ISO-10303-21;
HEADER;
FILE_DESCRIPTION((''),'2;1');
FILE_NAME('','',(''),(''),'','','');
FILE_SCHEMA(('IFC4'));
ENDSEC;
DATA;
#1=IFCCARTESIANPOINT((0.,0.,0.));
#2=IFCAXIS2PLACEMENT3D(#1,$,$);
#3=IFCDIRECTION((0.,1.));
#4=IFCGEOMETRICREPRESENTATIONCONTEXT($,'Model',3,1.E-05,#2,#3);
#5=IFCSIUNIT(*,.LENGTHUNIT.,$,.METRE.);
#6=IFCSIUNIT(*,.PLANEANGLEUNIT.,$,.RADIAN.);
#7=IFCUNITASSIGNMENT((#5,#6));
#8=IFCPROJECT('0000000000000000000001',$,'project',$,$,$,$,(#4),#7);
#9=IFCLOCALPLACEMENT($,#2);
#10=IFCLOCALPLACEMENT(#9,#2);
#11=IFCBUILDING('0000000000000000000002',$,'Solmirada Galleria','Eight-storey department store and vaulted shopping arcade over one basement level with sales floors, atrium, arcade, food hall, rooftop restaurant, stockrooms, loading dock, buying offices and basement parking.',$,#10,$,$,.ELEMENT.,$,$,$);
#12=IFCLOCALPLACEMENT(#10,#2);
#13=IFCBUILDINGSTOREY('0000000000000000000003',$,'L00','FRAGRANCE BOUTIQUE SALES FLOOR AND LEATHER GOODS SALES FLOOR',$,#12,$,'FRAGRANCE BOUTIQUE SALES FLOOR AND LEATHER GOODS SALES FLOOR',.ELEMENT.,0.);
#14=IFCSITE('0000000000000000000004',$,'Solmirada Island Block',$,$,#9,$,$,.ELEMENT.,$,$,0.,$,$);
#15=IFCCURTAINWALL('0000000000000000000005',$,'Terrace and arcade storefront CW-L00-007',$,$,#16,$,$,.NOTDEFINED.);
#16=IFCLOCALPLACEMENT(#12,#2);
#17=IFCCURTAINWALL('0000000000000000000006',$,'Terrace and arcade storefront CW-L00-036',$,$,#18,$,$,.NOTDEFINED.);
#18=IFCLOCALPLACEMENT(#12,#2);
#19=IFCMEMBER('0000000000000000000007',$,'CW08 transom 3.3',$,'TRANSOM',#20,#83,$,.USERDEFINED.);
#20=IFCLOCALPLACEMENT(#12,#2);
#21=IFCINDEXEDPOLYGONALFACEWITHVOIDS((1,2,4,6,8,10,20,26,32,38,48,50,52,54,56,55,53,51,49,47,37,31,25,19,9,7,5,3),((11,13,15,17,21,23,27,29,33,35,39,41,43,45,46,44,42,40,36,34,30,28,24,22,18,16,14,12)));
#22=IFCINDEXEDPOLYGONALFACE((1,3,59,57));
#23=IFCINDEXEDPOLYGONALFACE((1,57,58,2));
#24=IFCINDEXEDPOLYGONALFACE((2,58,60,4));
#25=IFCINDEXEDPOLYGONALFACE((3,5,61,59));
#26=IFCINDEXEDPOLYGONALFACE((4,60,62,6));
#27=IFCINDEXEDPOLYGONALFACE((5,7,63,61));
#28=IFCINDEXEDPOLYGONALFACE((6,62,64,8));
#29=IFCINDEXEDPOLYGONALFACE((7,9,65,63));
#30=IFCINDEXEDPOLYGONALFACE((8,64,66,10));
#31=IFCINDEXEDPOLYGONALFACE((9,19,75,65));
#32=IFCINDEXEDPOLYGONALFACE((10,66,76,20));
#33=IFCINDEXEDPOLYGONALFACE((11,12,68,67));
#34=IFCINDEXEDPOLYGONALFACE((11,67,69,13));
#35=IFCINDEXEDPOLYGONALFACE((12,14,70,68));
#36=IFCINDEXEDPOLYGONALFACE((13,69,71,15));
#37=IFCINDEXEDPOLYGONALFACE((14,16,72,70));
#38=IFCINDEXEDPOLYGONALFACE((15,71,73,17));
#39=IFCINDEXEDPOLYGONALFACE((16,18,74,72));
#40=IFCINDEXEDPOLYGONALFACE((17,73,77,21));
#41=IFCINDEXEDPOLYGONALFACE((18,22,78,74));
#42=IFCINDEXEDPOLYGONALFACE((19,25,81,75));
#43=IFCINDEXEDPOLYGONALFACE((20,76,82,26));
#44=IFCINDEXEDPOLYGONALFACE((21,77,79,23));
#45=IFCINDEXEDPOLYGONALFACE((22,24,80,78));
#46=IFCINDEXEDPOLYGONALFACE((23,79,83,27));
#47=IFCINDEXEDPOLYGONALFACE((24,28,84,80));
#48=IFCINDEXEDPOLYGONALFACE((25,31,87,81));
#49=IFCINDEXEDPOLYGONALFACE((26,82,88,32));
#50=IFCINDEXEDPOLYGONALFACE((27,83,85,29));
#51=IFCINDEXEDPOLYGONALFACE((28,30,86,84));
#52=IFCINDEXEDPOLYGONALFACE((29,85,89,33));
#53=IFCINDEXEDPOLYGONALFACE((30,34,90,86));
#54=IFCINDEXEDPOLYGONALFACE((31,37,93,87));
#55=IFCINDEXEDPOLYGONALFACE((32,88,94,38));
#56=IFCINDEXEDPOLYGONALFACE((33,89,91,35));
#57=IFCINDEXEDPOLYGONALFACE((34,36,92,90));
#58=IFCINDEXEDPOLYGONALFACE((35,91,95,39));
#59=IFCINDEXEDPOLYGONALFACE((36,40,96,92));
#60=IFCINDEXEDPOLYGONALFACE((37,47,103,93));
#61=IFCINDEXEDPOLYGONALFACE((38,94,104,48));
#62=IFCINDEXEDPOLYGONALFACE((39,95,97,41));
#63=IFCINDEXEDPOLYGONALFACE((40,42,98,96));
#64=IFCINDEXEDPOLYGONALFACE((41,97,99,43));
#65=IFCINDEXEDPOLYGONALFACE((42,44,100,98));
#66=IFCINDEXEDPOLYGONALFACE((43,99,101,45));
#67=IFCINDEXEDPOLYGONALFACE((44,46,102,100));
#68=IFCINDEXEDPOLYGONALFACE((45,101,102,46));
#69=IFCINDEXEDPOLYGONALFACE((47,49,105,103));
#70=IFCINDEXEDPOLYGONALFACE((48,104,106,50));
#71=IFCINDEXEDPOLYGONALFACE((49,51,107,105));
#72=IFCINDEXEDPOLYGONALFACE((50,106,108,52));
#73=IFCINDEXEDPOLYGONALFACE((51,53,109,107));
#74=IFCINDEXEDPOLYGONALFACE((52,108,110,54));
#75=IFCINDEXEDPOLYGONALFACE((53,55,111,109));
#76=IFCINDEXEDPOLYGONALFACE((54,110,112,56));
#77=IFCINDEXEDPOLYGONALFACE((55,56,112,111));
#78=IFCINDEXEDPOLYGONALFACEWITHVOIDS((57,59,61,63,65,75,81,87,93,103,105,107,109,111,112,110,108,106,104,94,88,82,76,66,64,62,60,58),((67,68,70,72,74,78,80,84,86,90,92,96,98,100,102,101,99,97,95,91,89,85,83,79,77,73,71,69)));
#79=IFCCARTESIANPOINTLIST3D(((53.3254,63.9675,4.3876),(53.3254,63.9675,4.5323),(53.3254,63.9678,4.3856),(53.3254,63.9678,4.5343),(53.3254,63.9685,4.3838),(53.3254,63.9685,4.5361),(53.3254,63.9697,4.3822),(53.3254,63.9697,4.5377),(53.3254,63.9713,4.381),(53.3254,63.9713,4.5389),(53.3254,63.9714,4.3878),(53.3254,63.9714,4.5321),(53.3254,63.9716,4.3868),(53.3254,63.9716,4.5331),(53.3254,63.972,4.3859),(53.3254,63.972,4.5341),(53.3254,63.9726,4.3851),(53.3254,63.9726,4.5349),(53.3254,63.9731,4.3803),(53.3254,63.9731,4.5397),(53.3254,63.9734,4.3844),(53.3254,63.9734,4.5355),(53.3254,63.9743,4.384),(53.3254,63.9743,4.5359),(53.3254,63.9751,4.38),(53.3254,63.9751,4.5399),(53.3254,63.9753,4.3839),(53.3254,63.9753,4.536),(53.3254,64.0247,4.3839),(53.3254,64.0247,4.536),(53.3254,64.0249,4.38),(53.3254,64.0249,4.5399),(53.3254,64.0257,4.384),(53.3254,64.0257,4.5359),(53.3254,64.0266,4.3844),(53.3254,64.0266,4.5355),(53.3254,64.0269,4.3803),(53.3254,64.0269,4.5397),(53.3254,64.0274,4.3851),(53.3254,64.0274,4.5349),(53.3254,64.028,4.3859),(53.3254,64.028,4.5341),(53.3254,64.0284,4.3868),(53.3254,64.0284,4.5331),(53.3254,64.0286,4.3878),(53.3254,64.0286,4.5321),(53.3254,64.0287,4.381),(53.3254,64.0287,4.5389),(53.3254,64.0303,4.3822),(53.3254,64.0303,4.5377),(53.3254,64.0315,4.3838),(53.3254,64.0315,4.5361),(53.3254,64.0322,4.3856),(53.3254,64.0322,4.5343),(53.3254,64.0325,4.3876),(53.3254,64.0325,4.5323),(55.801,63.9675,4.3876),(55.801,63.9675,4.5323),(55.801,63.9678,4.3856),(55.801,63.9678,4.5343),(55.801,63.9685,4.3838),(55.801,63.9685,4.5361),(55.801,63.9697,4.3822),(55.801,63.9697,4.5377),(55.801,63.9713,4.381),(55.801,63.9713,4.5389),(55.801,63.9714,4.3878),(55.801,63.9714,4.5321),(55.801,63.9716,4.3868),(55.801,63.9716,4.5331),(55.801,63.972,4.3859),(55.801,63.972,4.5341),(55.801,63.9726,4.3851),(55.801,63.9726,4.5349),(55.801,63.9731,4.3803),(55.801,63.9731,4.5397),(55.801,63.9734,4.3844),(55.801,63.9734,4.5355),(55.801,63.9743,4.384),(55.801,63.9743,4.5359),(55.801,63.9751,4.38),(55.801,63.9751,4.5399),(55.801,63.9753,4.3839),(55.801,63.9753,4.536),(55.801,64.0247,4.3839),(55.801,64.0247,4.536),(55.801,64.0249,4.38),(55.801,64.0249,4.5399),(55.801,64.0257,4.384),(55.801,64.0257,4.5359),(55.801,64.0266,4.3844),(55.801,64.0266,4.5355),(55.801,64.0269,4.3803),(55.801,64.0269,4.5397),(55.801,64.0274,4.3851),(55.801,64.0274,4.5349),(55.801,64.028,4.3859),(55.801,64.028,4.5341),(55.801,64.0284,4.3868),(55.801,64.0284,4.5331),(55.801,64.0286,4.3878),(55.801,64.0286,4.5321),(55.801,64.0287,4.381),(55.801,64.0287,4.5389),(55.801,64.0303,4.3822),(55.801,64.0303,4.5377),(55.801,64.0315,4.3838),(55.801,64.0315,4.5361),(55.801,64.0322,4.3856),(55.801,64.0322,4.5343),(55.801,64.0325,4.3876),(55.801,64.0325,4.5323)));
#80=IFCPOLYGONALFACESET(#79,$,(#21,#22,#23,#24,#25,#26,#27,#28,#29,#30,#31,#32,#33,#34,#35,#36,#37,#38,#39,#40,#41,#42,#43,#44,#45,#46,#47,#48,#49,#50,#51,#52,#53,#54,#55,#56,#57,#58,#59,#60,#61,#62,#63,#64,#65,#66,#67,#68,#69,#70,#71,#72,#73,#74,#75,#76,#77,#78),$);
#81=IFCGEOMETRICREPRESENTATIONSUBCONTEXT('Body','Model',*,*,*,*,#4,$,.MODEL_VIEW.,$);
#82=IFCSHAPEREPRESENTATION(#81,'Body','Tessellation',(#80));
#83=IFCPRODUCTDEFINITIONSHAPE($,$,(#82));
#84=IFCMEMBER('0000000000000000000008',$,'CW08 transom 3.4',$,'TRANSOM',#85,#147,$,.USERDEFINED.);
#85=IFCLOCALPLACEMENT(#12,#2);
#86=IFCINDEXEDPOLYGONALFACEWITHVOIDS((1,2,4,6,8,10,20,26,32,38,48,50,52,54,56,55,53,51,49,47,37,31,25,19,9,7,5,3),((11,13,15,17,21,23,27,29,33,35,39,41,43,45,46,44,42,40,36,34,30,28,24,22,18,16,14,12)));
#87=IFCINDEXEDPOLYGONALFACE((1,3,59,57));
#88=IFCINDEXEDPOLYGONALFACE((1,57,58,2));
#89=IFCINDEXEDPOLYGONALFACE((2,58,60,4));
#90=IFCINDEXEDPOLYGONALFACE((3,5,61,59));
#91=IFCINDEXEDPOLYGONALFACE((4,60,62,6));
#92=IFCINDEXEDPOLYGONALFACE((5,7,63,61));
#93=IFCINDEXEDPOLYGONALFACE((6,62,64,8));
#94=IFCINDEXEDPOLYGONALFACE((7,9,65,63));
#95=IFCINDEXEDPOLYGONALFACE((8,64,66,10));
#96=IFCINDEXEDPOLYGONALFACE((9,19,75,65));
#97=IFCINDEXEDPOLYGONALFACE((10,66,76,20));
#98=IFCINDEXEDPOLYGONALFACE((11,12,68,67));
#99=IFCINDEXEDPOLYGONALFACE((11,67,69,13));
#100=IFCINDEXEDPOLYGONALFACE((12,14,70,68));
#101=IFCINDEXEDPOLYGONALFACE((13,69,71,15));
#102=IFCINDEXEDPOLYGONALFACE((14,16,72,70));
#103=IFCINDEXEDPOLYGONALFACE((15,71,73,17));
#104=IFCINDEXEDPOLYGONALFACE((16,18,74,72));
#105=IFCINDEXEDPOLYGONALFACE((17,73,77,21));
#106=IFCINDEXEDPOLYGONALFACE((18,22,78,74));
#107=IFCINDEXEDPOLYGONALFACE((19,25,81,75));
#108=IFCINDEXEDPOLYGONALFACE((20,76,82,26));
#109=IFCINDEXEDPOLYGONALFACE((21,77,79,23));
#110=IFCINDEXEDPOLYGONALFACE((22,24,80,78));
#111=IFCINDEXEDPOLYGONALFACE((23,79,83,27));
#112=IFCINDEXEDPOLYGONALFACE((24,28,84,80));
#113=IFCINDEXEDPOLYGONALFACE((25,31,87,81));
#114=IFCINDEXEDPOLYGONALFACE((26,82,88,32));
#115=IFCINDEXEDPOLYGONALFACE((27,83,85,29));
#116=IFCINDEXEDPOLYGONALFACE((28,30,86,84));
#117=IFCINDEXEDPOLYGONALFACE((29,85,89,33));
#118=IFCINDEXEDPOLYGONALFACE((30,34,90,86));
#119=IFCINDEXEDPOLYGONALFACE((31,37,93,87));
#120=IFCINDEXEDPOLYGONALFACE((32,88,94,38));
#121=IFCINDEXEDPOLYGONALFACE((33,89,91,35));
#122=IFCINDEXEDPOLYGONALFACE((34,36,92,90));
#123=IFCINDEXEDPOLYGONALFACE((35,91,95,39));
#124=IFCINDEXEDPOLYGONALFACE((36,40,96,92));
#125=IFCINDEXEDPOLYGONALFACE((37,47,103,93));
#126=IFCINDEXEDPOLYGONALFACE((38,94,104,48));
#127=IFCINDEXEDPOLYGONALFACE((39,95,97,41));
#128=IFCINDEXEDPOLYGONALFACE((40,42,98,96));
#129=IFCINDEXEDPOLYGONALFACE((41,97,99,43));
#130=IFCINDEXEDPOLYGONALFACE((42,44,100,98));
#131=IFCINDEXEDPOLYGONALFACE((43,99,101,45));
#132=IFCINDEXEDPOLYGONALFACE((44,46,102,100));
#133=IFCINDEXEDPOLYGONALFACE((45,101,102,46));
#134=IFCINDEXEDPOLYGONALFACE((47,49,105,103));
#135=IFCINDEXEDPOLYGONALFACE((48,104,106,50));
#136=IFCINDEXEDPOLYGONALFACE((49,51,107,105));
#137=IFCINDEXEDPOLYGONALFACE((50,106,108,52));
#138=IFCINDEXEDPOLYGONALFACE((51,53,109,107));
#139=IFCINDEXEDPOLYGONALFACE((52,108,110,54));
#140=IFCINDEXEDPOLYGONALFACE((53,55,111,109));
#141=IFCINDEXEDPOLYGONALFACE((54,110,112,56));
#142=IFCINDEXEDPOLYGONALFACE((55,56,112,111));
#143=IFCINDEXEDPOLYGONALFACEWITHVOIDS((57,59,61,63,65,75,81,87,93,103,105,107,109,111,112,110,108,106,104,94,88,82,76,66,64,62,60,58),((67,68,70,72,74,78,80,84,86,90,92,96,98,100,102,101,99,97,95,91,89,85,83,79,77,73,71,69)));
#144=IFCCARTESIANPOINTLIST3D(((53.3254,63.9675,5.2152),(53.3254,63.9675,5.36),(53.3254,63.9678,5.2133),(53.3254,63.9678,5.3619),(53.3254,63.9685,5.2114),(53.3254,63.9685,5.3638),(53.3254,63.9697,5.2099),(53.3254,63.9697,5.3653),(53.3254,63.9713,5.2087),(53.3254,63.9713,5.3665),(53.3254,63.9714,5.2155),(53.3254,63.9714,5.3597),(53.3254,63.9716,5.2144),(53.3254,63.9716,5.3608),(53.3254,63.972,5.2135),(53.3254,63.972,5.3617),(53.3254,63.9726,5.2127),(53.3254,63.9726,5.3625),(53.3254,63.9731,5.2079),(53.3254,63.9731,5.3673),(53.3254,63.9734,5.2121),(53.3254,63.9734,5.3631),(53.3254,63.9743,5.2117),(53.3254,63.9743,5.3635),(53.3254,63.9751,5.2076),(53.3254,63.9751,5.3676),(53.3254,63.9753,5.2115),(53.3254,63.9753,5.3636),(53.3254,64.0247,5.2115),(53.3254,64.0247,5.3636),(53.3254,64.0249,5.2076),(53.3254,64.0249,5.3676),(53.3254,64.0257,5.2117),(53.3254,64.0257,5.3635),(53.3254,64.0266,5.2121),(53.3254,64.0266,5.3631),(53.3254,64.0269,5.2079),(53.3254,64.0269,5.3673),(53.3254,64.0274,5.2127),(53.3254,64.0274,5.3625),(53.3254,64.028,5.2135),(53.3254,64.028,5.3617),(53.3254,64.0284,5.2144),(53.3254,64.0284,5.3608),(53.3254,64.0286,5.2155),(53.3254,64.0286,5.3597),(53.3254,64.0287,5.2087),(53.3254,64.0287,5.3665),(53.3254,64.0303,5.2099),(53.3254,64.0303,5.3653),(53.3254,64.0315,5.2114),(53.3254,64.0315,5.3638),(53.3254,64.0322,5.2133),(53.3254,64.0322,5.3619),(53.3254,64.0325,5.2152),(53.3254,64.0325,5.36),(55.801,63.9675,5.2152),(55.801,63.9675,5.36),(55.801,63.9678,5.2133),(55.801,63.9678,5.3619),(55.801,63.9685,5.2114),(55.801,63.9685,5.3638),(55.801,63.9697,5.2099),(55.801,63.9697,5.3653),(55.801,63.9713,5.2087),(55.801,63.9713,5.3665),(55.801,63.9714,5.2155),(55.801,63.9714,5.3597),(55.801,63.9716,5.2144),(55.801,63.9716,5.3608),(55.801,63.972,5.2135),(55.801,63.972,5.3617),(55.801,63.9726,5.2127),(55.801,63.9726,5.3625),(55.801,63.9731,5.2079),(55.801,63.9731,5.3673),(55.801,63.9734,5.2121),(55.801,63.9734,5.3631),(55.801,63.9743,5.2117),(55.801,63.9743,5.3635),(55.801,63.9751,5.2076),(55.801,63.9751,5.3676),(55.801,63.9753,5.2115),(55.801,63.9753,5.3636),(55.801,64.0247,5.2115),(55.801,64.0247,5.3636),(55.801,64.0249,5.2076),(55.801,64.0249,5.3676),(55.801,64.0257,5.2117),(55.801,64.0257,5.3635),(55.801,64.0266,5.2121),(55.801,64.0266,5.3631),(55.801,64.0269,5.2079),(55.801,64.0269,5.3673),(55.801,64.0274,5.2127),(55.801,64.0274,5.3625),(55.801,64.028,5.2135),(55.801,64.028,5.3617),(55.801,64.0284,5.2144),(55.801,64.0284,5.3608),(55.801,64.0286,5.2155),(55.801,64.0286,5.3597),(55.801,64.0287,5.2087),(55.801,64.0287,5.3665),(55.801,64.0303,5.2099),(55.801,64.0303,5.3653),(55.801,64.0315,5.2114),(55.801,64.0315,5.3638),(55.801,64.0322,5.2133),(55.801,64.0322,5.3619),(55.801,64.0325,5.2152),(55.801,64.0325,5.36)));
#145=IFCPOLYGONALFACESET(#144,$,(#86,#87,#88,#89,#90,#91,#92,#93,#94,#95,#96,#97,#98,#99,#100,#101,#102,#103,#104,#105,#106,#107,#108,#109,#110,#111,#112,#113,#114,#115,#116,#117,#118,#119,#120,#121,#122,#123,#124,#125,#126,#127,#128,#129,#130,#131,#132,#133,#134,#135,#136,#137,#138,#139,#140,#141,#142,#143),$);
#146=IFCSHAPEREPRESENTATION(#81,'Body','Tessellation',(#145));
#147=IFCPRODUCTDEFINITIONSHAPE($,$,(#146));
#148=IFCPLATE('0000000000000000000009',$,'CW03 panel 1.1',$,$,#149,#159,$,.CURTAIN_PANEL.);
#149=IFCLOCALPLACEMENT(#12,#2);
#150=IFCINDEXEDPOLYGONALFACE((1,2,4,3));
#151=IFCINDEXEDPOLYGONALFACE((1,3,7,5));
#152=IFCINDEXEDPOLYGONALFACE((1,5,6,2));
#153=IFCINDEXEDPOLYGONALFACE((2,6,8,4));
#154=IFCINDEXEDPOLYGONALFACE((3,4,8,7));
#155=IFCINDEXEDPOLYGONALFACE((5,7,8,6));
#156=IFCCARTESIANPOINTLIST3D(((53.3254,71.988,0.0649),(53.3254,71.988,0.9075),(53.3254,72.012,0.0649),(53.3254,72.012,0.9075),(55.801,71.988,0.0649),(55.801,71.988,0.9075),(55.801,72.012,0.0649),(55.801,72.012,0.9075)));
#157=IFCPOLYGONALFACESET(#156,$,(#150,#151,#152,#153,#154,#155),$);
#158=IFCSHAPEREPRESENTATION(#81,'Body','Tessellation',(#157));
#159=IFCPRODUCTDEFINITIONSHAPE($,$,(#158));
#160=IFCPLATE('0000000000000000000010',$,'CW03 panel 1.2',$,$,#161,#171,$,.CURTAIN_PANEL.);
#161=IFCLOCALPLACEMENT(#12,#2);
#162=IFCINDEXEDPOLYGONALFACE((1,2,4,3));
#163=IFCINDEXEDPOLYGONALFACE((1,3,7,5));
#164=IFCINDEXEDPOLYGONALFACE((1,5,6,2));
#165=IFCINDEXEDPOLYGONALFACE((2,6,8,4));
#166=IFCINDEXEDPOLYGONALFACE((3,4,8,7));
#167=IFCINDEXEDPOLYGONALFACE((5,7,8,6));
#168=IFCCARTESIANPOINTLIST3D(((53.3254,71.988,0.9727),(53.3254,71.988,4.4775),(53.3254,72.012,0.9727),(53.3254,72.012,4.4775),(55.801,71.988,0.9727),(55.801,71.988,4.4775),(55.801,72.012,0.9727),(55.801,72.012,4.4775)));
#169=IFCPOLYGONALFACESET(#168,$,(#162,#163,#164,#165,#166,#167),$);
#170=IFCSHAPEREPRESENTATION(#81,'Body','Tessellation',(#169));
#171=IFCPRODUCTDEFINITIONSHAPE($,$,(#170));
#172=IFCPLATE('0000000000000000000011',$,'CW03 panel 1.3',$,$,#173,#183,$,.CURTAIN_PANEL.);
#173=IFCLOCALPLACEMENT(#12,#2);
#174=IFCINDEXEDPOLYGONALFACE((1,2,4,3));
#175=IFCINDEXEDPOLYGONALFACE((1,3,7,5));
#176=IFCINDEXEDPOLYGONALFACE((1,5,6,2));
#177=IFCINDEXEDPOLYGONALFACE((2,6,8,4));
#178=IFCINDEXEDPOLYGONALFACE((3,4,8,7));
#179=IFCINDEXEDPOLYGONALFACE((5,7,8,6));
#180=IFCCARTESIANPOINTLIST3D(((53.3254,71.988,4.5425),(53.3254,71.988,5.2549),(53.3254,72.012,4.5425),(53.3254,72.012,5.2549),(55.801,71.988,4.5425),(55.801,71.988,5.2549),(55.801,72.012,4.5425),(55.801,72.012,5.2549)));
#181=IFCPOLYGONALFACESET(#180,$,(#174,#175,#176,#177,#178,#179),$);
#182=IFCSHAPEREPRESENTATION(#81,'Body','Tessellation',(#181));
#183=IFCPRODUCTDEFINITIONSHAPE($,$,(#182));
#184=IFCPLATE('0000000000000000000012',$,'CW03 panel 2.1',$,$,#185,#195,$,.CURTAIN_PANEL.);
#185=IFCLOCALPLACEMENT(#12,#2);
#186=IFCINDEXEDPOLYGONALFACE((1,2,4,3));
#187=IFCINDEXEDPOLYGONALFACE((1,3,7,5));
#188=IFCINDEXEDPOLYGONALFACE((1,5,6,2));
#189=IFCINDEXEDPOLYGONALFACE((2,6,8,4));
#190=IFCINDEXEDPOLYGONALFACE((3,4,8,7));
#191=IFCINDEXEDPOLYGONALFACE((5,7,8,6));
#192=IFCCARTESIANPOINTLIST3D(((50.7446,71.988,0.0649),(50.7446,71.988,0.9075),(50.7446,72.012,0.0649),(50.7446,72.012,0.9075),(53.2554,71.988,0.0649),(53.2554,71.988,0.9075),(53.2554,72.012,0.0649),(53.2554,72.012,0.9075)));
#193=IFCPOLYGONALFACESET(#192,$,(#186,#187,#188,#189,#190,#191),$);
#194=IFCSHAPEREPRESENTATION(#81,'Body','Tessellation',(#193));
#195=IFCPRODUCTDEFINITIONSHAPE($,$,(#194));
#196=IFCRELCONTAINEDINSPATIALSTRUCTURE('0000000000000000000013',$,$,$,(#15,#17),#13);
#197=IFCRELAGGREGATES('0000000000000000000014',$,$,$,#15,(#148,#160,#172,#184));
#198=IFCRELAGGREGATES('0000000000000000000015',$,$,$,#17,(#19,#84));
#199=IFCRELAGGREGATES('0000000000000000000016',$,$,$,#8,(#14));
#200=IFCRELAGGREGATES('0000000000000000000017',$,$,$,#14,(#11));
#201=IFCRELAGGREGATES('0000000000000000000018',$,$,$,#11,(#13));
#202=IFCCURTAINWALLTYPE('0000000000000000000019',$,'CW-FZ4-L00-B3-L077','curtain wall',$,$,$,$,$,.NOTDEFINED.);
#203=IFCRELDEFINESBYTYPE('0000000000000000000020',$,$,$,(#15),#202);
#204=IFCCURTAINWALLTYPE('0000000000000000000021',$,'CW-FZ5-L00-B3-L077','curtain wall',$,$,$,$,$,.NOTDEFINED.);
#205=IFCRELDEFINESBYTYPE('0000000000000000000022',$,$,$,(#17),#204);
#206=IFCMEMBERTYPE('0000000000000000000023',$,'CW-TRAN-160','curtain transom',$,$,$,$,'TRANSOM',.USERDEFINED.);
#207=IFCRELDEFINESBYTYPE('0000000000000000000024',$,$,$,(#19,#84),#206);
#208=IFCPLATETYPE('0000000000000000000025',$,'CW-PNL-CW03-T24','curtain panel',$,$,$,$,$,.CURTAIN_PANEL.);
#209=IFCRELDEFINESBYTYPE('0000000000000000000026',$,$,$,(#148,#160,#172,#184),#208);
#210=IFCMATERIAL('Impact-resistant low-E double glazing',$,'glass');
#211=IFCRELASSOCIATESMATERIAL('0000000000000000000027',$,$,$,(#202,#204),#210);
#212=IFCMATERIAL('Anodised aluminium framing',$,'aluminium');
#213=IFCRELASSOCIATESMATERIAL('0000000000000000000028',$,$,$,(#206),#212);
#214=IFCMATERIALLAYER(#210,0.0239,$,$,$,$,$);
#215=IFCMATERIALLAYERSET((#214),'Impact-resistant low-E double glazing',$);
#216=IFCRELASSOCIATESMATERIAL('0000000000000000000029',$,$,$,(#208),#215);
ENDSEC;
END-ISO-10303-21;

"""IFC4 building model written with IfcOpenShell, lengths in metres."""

from ifc_helpers import new_model, si_unit, direction, frame, origin, origin_2d, place, context, subcontext, project, spatial, rectangle, hollow_rectangle, extrude, material, layer, layer_set, material_profile, profile_set, type_object, element, aggregate, save


model = new_model("IFC4")

# Units and contexts
model_context = context("Model", 3, precision=1e-05, world=origin(), true_north=direction((0.0, 1.0)))
body_context = subcontext(model_context, "Body", "Model", "MODEL_VIEW")
ifc_project = project(units=[si_unit("LENGTHUNIT", "METRE"), si_unit("PLANEANGLEUNIT", "RADIAN")], contexts=[model_context])

# Site, building, storey
site_placement = place(None, origin())
site = spatial("IfcSite", under=ifc_project, at=site_placement, Name="Solmirada Island Block", CompositionType="ELEMENT", RefElevation=0.0)
building_placement = place(site_placement, origin())
building = spatial("IfcBuilding", under=site, at=building_placement, Name="Solmirada Galleria", Description="Eight-storey department store and vaulted shopping arcade over one basement level with sales floors, atrium, arcade, food hall, rooftop restaurant, stockrooms, loading dock, buying offices and basement parking.", CompositionType="ELEMENT")
storey_placement = place(building_placement, origin())
storey = spatial("IfcBuildingStorey", under=building, at=storey_placement, Name="L00", Description="FRAGRANCE BOUTIQUE SALES FLOOR AND LEATHER GOODS SALES FLOOR", LongName="FRAGRANCE BOUTIQUE SALES FLOOR AND LEATHER GOODS SALES FLOOR", CompositionType="ELEMENT", Elevation=0.0)

# Curtain walls
ifc_material_1 = material(Name="Impact-resistant low-E double glazing", Category="glass")
curtain_wall_type_1 = type_object("IfcCurtainWallType", Name="CW-FZ4-L00-B3-L077", Description="curtain wall", PredefinedType="NOTDEFINED", material=ifc_material_1)
curtain_wall_1_placement = place(storey_placement, origin())
curtain_wall_1 = element("IfcCurtainWall", 1, at=curtain_wall_1_placement, inside=storey, type_object=curtain_wall_type_1, Name="Terrace and arcade storefront CW-L00-007", PredefinedType="NOTDEFINED")
ifc_material_2 = material(Name="Anodised aluminium framing", Category="aluminium")
curtain_wall_type_2 = type_object("IfcCurtainWallType", Name="CW-FZ5-L00-B3-L077", Description="curtain wall", PredefinedType="NOTDEFINED", material=ifc_material_1)
curtain_wall_2_placement = place(storey_placement, origin())
curtain_wall_2 = element("IfcCurtainWall", 2, at=curtain_wall_2_placement, inside=storey, type_object=curtain_wall_type_2, Name="Terrace and arcade storefront CW-L00-036", PredefinedType="NOTDEFINED")

# Members
ifc_material_profile_1 = material_profile(ifc_material_2, hollow_rectangle(XDim=0.0649, YDim=0.1599, WallThickness=0.0039, InnerFilletRadius=0.0039, OuterFilletRadius=0.0076, at=origin_2d()), Name="ALU-TRAN-160X65")
ifc_profile_set_1 = profile_set([ifc_material_profile_1], Name="Anodised aluminium framing")
member_type_1 = type_object("IfcMemberType", Name="CW-TRAN-160", Description="curtain transom", ElementType="TRANSOM", PredefinedType="USERDEFINED", material=ifc_profile_set_1)
member_1_placement = place(storey_placement, frame((53.3254, 64.0, 4.46), z_axis=(1.0, 0.0, 0.0), x_axis=(0.0, 1.0, 0.0)))
member_1 = element("IfcMember", 3, at=member_1_placement, type_object=member_type_1, Name="CW08 transom 3.3", ObjectType="TRANSOM", PredefinedType="USERDEFINED", context=body_context, shape_type="SweptSolid", body=[
    extrude(hollow_rectangle(XDim=0.0649, YDim=0.1599, WallThickness=0.0039, InnerFilletRadius=0.0039, OuterFilletRadius=0.0076, at=origin_2d()), origin(), (0.0, 0.0, 1.0), 2.4756),
])
member_2_placement = place(storey_placement, frame((53.3254, 64.0, 5.2876), z_axis=(1.0, 0.0, 0.0), x_axis=(0.0, 1.0, 0.0)))
member_2 = element("IfcMember", 4, at=member_2_placement, type_object=member_type_1, Name="CW08 transom 3.4", ObjectType="TRANSOM", PredefinedType="USERDEFINED", context=body_context, shape_type="SweptSolid", body=[
    extrude(hollow_rectangle(XDim=0.0649, YDim=0.1599, WallThickness=0.0039, InnerFilletRadius=0.0039, OuterFilletRadius=0.0076, at=origin_2d()), origin(), (0.0, 0.0, 1.0), 2.4756),
])

# Plates
ifc_layer_1 = layer(ifc_material_1, 0.0239)
ifc_layer_set_1 = layer_set([ifc_layer_1], Name="Impact-resistant low-E double glazing")
plate_type_1 = type_object("IfcPlateType", Name="CW-PNL-CW03-T24", Description="curtain panel", PredefinedType="CURTAIN_PANEL", material=ifc_layer_set_1)
plate_1_placement = place(storey_placement, frame((54.5632, 72.0, 0.0649), z_axis=(0.0, 0.0, 1.0), x_axis=(-1.0, 0.0, 0.0)))
plate_1 = element("IfcPlate", 5, at=plate_1_placement, type_object=plate_type_1, Name="CW03 panel 1.1", PredefinedType="CURTAIN_PANEL", context=body_context, shape_type="SweptSolid", body=[
    extrude(rectangle(XDim=2.4756, YDim=0.0239, at=origin_2d()), origin(), (0.0, 0.0, 1.0), 0.8425),
])
plate_2_placement = place(storey_placement, frame((54.5632, 72.0, 0.9727), z_axis=(0.0, 0.0, 1.0), x_axis=(-1.0, 0.0, 0.0)))
plate_2 = element("IfcPlate", 6, at=plate_2_placement, type_object=plate_type_1, Name="CW03 panel 1.2", PredefinedType="CURTAIN_PANEL", context=body_context, shape_type="SweptSolid", body=[
    extrude(rectangle(XDim=2.4756, YDim=0.0239, at=origin_2d()), origin(), (0.0, 0.0, 1.0), 3.5049),
])
plate_3_placement = place(storey_placement, frame((54.5632, 72.0, 4.5425), z_axis=(0.0, 0.0, 1.0), x_axis=(-1.0, 0.0, 0.0)))
plate_3 = element("IfcPlate", 7, at=plate_3_placement, type_object=plate_type_1, Name="CW03 panel 1.3", PredefinedType="CURTAIN_PANEL", context=body_context, shape_type="SweptSolid", body=[
    extrude(rectangle(XDim=2.4756, YDim=0.0239, at=origin_2d()), origin(), (0.0, 0.0, 1.0), 0.7124),
])
plate_4_placement = place(storey_placement, frame((52.0, 72.0, 0.0649), z_axis=(0.0, 0.0, 1.0), x_axis=(-1.0, 0.0, 0.0)))
plate_4 = element("IfcPlate", 8, at=plate_4_placement, type_object=plate_type_1, Name="CW03 panel 2.1", PredefinedType="CURTAIN_PANEL", context=body_context, shape_type="SweptSolid", body=[
    extrude(rectangle(XDim=2.5107, YDim=0.0239, at=origin_2d()), origin(), (0.0, 0.0, 1.0), 0.8425),
])
aggregate(curtain_wall_1, [plate_1, plate_2, plate_3, plate_4])
aggregate(curtain_wall_2, [member_1, member_2])

save(model, "model.ifc")
